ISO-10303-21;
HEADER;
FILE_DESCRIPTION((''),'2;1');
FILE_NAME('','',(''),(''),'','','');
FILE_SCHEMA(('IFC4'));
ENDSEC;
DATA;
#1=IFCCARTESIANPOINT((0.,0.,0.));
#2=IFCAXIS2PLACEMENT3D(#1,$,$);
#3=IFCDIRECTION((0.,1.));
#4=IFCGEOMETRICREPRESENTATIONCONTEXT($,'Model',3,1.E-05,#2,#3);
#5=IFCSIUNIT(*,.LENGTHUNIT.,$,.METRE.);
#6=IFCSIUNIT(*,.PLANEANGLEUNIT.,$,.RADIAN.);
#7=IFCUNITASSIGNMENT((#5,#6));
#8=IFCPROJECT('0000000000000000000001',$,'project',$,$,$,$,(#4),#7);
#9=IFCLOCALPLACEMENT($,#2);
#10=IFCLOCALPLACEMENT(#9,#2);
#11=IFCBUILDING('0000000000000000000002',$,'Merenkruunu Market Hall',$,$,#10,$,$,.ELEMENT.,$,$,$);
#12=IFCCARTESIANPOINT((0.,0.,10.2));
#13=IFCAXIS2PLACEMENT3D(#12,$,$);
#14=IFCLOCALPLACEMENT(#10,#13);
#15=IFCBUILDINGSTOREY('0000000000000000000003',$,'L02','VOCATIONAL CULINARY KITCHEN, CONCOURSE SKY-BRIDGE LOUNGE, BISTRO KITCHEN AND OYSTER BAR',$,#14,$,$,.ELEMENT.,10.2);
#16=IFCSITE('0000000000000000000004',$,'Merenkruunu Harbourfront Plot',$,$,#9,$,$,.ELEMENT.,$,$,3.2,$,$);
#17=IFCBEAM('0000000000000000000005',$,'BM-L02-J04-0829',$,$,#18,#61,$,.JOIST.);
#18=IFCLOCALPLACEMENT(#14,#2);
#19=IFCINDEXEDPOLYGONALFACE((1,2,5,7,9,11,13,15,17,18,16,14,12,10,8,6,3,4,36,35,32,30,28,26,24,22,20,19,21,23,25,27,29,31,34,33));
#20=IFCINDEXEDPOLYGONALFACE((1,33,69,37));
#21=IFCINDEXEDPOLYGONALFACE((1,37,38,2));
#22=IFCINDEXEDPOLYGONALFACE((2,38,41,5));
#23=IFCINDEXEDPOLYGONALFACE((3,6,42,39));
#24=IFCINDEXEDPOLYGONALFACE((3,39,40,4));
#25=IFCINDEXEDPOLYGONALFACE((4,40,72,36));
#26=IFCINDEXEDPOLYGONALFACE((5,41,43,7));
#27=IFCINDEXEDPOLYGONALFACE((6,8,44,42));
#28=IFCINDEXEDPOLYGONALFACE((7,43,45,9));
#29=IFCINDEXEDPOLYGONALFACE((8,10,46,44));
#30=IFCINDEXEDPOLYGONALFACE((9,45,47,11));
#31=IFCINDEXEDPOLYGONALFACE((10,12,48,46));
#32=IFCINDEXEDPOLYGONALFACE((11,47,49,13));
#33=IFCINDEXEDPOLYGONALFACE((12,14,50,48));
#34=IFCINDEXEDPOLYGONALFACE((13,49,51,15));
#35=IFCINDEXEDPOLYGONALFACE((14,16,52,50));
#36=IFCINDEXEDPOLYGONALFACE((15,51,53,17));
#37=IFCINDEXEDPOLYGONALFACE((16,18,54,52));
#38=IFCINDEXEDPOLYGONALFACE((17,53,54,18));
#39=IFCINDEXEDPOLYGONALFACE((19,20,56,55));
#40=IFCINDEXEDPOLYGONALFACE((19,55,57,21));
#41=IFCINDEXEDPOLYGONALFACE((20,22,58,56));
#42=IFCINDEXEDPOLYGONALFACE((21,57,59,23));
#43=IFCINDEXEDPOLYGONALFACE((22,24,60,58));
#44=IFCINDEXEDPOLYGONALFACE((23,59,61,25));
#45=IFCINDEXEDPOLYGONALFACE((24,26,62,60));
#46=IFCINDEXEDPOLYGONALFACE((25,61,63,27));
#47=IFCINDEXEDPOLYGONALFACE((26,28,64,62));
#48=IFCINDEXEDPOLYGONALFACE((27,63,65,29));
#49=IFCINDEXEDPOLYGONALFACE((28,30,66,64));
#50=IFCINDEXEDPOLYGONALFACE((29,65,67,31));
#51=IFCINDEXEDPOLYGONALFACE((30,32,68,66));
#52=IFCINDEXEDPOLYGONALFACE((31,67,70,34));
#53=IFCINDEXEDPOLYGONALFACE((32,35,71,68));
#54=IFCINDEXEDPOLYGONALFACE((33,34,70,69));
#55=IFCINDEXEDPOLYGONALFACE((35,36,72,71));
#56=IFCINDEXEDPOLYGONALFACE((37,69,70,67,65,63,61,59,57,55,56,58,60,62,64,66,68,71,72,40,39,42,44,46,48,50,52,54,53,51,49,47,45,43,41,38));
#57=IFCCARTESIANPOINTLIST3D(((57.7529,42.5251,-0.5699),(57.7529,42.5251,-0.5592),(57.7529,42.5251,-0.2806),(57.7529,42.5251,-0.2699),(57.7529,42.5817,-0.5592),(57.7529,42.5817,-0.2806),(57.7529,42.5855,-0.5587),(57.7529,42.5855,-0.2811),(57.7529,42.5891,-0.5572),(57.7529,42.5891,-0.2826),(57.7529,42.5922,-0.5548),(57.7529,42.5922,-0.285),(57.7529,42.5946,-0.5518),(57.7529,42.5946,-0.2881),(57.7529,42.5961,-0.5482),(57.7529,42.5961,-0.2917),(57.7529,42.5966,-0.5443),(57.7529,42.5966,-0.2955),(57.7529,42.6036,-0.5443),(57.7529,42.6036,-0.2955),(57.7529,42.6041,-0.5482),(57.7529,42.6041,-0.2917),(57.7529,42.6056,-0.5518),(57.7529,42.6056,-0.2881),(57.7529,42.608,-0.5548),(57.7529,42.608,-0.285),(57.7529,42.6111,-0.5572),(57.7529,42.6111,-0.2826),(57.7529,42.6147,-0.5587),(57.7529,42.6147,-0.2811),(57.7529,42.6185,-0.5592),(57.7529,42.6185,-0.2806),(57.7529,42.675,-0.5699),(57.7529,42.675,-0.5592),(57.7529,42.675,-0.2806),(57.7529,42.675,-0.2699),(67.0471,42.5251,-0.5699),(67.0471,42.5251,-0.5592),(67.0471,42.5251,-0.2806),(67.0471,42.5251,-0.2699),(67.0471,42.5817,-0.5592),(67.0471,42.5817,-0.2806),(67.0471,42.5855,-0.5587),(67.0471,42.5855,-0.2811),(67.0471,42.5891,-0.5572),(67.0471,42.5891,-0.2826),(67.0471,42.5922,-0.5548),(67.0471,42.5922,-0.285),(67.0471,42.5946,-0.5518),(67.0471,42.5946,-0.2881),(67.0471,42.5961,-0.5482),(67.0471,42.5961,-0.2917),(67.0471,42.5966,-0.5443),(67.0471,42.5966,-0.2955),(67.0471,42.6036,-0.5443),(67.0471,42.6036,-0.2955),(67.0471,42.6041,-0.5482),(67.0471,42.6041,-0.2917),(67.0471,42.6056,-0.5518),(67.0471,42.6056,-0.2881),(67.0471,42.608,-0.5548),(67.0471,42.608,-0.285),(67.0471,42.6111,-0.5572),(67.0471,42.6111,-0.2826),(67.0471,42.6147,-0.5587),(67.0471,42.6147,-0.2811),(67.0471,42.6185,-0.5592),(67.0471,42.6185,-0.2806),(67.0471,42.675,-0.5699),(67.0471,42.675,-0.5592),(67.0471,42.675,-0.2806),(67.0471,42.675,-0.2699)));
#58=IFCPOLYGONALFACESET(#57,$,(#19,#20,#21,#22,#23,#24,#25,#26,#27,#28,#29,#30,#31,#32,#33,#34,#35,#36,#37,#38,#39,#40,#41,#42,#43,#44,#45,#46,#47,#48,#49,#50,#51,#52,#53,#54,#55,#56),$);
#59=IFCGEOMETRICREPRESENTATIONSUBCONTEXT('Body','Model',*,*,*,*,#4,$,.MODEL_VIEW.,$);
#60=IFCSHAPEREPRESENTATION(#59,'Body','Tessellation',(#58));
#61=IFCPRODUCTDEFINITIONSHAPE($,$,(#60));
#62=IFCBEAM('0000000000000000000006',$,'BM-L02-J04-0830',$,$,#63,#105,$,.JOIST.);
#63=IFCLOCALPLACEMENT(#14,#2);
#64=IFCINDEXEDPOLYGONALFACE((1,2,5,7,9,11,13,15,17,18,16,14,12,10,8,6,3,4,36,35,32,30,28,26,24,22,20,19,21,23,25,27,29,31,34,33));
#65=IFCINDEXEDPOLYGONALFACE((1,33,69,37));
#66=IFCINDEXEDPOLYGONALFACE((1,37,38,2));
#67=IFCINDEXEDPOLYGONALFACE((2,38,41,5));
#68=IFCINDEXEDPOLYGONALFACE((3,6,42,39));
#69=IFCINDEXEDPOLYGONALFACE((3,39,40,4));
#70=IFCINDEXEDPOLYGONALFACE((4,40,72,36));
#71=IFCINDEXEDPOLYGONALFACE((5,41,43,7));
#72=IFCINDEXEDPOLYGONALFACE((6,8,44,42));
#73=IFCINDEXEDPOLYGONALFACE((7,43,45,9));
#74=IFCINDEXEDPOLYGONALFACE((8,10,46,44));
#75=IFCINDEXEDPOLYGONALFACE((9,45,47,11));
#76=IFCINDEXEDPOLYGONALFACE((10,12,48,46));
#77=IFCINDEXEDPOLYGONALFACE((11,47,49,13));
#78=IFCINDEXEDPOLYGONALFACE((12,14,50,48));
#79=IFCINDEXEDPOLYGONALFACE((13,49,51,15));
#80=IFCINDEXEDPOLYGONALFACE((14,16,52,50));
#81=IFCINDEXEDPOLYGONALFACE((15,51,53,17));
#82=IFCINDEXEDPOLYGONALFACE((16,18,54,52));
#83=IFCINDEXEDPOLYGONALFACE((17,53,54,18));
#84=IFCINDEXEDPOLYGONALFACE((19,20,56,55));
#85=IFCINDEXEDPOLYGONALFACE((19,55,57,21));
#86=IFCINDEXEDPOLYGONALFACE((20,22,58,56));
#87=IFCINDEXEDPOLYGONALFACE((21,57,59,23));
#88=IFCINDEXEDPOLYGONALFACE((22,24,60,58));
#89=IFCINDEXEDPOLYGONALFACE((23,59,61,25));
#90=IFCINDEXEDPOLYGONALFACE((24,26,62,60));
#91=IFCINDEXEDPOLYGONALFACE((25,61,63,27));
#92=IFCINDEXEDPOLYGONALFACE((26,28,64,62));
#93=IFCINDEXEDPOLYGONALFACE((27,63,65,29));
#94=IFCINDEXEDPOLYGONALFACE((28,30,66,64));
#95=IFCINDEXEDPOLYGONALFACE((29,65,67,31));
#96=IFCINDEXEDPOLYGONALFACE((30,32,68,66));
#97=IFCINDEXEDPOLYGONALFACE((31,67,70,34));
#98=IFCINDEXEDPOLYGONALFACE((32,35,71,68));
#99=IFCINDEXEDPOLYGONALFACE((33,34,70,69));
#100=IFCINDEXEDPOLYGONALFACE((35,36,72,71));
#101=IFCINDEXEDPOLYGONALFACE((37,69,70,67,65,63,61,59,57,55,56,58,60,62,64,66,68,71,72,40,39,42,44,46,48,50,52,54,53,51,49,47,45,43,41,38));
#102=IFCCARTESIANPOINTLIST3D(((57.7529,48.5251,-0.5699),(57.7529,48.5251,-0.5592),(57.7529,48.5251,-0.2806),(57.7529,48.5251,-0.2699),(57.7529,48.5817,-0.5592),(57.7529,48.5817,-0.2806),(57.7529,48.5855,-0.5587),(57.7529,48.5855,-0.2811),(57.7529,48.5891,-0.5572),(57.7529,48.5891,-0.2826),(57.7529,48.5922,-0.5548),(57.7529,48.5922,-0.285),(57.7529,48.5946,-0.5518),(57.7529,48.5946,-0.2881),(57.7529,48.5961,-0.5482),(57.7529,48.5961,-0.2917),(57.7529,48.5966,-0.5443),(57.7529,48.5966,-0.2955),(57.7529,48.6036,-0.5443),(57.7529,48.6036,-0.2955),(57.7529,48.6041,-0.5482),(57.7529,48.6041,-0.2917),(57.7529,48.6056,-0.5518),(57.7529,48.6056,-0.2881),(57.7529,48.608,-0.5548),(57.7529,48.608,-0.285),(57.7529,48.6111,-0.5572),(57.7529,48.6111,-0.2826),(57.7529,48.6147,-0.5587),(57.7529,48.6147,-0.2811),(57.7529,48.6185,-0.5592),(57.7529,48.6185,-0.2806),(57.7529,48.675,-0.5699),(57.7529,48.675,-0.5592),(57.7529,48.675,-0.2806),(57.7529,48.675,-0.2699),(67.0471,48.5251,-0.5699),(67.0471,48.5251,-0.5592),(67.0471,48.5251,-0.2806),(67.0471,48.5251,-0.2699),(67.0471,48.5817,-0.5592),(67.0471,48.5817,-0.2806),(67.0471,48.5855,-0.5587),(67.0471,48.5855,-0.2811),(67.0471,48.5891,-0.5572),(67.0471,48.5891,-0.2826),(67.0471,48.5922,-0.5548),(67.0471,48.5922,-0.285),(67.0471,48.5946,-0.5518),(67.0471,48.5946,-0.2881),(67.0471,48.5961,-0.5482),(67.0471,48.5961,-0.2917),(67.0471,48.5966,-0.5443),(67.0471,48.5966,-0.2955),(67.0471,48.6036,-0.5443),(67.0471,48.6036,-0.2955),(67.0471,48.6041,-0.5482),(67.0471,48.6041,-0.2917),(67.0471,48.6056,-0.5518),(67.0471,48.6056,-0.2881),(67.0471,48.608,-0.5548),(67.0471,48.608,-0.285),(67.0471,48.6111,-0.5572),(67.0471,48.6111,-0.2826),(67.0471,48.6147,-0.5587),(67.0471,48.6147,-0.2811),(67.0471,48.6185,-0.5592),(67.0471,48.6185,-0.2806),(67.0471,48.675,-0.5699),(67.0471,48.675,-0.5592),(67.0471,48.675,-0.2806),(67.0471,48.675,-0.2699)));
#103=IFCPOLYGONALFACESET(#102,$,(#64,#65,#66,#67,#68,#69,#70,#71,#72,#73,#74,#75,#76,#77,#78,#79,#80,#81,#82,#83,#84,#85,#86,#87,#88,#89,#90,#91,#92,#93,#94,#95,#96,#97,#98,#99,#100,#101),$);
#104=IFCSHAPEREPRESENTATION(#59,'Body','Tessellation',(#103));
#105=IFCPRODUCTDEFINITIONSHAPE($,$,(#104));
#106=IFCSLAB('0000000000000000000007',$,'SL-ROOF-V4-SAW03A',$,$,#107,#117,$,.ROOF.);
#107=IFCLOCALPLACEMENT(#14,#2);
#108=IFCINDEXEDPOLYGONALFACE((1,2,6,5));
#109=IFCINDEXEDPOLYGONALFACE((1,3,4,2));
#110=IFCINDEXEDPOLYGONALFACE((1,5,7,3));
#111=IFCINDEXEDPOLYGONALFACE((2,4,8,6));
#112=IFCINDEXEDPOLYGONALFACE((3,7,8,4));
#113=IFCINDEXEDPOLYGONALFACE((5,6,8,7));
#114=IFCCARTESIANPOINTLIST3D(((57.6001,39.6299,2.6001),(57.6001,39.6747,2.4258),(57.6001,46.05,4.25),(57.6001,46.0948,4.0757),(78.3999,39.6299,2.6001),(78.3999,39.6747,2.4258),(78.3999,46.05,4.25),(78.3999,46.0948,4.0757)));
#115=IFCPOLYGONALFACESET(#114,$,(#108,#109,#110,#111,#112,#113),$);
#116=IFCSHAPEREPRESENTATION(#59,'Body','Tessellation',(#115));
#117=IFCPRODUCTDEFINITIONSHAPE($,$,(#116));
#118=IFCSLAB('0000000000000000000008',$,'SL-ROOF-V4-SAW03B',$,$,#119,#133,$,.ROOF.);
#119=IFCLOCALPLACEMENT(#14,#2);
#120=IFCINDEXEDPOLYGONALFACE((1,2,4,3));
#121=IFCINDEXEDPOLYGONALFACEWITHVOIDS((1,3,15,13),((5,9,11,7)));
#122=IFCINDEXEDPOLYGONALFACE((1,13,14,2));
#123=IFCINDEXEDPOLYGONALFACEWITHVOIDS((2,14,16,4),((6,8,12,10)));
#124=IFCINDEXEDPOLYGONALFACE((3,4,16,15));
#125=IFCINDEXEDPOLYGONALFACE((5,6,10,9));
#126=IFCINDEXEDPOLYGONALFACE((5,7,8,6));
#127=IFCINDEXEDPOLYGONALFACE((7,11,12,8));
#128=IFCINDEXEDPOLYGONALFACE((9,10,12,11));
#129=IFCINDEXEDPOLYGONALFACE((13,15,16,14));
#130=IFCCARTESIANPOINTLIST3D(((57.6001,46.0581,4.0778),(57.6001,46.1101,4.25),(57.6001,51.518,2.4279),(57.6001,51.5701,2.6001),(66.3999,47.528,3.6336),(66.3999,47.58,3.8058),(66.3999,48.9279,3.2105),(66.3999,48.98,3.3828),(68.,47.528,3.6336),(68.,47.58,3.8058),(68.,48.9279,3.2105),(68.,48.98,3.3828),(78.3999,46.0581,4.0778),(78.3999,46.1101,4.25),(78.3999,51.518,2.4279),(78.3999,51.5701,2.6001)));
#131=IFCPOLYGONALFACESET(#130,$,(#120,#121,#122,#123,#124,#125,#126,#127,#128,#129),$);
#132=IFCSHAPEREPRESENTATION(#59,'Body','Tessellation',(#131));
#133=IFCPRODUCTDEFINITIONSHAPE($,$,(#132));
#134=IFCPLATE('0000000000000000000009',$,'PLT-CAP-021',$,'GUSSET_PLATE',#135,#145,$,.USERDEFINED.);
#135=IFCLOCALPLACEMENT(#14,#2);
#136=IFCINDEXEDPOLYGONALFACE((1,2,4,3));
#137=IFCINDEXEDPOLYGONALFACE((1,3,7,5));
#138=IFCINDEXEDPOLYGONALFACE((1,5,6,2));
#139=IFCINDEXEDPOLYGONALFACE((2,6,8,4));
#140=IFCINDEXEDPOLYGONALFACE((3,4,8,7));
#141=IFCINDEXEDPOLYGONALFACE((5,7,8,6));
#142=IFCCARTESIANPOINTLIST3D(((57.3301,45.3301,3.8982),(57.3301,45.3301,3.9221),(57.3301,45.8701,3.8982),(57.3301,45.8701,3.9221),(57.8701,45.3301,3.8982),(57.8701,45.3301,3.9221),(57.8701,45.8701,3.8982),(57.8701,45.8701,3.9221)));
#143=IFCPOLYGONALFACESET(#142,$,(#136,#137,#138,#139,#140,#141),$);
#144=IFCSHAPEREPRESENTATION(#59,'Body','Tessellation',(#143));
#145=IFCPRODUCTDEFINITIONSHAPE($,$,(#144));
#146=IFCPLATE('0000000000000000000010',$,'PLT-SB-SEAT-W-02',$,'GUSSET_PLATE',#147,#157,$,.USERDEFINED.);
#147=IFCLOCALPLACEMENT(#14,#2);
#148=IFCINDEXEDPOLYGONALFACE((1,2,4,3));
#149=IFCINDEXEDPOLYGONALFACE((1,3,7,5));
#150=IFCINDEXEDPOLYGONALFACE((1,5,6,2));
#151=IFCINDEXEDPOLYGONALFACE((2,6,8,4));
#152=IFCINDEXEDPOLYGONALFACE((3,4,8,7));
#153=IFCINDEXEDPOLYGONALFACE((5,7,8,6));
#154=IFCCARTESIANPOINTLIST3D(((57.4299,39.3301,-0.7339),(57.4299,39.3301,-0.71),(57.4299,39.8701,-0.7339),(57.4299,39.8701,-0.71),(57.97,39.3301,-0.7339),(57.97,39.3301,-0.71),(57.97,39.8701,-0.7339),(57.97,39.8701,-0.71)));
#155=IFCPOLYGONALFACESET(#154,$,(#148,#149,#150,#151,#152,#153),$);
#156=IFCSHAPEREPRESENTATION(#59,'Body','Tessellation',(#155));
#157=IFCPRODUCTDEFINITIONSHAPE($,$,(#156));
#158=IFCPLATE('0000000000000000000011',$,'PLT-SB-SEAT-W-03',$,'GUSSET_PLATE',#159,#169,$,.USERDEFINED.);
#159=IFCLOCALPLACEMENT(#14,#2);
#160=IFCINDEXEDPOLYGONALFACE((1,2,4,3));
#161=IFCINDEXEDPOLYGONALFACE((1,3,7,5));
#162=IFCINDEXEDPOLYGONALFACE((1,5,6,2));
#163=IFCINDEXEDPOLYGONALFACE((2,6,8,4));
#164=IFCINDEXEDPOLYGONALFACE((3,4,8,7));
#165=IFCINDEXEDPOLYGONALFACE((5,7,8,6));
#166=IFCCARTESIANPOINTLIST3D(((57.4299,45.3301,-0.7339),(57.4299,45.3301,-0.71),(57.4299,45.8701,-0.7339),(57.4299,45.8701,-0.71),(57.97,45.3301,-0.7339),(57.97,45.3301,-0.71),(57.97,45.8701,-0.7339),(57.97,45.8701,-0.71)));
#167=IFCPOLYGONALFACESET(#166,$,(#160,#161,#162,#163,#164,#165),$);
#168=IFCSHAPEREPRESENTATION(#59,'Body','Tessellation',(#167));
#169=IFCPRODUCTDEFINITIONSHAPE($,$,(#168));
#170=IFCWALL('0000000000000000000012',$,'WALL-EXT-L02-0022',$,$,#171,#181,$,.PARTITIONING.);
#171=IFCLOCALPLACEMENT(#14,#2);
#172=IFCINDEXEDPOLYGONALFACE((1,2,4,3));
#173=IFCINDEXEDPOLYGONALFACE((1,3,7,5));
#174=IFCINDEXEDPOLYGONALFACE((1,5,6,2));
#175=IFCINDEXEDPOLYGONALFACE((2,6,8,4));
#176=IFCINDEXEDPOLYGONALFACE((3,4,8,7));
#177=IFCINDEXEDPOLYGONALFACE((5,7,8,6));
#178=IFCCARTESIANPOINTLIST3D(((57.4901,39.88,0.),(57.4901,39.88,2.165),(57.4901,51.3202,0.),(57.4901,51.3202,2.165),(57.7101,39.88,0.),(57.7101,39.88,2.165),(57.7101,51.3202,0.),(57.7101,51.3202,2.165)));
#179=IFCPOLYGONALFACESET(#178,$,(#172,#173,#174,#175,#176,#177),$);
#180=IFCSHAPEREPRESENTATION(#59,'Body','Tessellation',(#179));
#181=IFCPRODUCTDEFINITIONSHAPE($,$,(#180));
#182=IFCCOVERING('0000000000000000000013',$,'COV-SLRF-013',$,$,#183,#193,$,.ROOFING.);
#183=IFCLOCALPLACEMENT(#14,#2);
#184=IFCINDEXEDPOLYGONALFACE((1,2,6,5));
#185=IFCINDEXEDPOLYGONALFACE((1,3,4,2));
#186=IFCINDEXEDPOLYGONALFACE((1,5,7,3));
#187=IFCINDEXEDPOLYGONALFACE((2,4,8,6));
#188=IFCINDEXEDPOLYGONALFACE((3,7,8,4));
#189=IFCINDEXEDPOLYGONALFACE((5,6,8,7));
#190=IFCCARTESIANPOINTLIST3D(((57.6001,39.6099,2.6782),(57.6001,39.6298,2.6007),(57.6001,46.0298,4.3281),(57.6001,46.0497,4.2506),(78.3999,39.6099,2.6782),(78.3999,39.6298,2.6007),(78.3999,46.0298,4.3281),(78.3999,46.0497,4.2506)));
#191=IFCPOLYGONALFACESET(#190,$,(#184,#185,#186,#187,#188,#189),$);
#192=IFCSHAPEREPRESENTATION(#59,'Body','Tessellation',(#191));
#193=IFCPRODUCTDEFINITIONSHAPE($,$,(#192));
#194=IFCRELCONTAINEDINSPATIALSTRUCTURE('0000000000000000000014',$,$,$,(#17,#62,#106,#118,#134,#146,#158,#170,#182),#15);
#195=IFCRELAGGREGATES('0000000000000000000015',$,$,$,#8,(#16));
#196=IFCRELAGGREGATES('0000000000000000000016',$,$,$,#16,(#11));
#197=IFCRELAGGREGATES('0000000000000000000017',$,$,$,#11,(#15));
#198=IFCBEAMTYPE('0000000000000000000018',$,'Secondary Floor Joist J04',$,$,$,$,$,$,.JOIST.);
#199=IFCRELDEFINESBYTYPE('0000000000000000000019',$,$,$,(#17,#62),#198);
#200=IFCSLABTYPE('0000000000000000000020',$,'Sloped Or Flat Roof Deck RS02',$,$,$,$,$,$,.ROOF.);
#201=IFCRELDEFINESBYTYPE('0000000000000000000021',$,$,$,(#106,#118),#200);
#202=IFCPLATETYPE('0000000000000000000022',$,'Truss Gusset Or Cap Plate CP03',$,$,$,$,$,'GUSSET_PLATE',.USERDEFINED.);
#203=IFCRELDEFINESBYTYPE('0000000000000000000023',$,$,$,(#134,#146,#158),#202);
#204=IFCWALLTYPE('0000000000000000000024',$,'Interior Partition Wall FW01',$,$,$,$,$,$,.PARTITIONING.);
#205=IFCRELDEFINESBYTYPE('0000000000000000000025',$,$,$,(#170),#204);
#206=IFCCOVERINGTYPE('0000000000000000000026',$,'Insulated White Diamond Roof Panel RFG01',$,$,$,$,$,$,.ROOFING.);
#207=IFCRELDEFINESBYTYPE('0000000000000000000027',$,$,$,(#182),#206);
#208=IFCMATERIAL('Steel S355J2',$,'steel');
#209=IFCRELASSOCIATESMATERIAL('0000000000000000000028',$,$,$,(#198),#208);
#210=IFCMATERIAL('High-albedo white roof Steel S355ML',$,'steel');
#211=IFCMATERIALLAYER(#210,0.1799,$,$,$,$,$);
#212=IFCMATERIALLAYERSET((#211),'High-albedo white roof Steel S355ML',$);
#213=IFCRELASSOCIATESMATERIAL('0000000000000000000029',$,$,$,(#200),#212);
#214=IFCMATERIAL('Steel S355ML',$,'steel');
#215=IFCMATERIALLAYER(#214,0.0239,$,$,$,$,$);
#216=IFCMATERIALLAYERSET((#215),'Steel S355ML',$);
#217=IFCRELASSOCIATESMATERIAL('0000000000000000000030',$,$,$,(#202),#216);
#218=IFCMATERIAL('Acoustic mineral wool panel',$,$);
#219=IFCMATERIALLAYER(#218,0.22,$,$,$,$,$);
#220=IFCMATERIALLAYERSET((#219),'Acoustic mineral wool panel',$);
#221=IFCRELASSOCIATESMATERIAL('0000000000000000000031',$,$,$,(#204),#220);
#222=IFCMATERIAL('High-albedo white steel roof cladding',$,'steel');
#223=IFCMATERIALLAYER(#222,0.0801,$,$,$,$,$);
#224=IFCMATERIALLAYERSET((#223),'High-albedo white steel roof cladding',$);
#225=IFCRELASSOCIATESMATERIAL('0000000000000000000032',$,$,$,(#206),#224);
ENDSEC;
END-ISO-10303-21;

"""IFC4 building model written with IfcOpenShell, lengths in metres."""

from ifc_helpers import new_model, si_unit, direction, frame, frame_2d, origin, origin_2d, place, context, subcontext, project, spatial, polyline, rectangle, i_section, outline, extrude, material, layer, layer_set, material_profile, profile_set, type_object, element, save


model = new_model("IFC4")

# Units and contexts
model_context = context("Model", 3, precision=1e-05, world=origin(), true_north=direction((0.0, 1.0)))
body_context = subcontext(model_context, "Body", "Model", "MODEL_VIEW")
ifc_project = project(units=[si_unit("LENGTHUNIT", "METRE"), si_unit("PLANEANGLEUNIT", "RADIAN")], contexts=[model_context])

# Site, building, storey
site_placement = place(None, origin())
site = spatial("IfcSite", under=ifc_project, at=site_placement, Name="Merenkruunu Harbourfront Plot", CompositionType="ELEMENT", RefElevation=3.2)
building_placement = place(site_placement, origin())
building = spatial("IfcBuilding", under=site, at=building_placement, Name="Merenkruunu Market Hall", CompositionType="ELEMENT")
storey_placement = place(building_placement, frame((0.0, 0.0, 10.2)))
storey = spatial("IfcBuildingStorey", under=building, at=storey_placement, Name="L02", Description="VOCATIONAL CULINARY KITCHEN, CONCOURSE SKY-BRIDGE LOUNGE, BISTRO KITCHEN AND OYSTER BAR", CompositionType="ELEMENT", Elevation=10.2)

# Shared definitions
ifc_material_1 = material(Name="Steel S355J2", Category="steel")
ifc_material_2 = material(Name="Steel S355ML", Category="steel")

# Beams
ifc_material_profile_1 = material_profile(ifc_material_1, i_section(OverallWidth=0.1499, OverallDepth=0.3, WebThickness=0.0071, FlangeThickness=0.0107, FilletRadius=0.0149, at=origin_2d()), Name="IPE 300")
ifc_profile_set_1 = profile_set([ifc_material_profile_1], Name="Steel S355J2")
beam_type_1 = type_object("IfcBeamType", Name="Secondary Floor Joist J04", PredefinedType="JOIST", material=ifc_profile_set_1)
for number, where, z_axis, x_axis, name in (
    (1, (57.7529, 42.6001, -0.4199), (1.0, 0.0, 0.0), (0.0, 1.0, 0.0), "BM-L02-J04-0829"),
    (2, (57.7529, 48.6001, -0.4199), (1.0, 0.0, 0.0), (0.0, 1.0, 0.0), "BM-L02-J04-0830"),
):
    element("IfcBeam", number, at=place(storey_placement, frame(where, z_axis=z_axis, x_axis=x_axis)), inside=storey, type_object=beam_type_1, Name=name, PredefinedType="JOIST", context=body_context, shape_type="SweptSolid", body=[
        extrude(i_section(OverallWidth=0.1499, OverallDepth=0.3, WebThickness=0.0071, FlangeThickness=0.0107, FilletRadius=0.0149, at=origin_2d()), origin(), (0.0, 0.0, 1.0), 9.2942),
    ])

# Slabs
ifc_material_3 = material(Name="High-albedo white roof Steel S355ML", Category="steel")
ifc_layer_1 = layer(ifc_material_3, 0.1799)
ifc_layer_set_1 = layer_set([ifc_layer_1], Name="High-albedo white roof Steel S355ML")
slab_type = type_object("IfcSlabType", Name="Sloped Or Flat Roof Deck RS02", PredefinedType="ROOF", material=ifc_layer_set_1)
slab_1_placement = place(storey_placement, frame((57.6001, 39.6299, 2.6001), z_axis=(0.0, -0.2489, 0.968529), x_axis=(1.0, 0.0, 0.0)))
element("IfcSlab", 3, at=slab_1_placement, inside=storey, type_object=slab_type, Name="SL-ROOF-V4-SAW03A", PredefinedType="ROOF", context=body_context, shape_type="SweptSolid", body=[
    extrude(outline(polyline([(0.0, 0.0), (20.7998, 0.0), (20.7998, 6.6288), (0.0, 6.6288), (0.0, 0.0)])), origin(), (0.0, 0.0, -1.0), 0.1799),
])
slab_2_placement = place(storey_placement, frame((57.6001, 46.1101, 4.25), z_axis=(0.0, 0.289264, 0.957249), x_axis=(1.0, 0.0, 0.0)))
element("IfcSlab", 4, at=slab_2_placement, inside=storey, type_object=slab_type, Name="SL-ROOF-V4-SAW03B", PredefinedType="ROOF", context=body_context, shape_type="SweptSolid", body=[
    extrude(outline(polyline([(0.0, 0.0), (20.7998, 0.0), (20.7998, 5.7038), (0.0, 5.7038), (0.0, 0.0)]), holes=[polyline([(8.7998, 1.5356), (10.3999, 1.5356), (10.3999, 2.998), (8.7998, 2.998), (8.7998, 1.5356)])]), origin(), (0.0, 0.0, -1.0), 0.1799),
])

# Plates
ifc_layer_2 = layer(ifc_material_2, 0.0239)
ifc_layer_set_2 = layer_set([ifc_layer_2], Name="Steel S355ML")
plate_type = type_object("IfcPlateType", Name="Truss Gusset Or Cap Plate CP03", ElementType="GUSSET_PLATE", PredefinedType="USERDEFINED", material=ifc_layer_set_2)
for number, where, z_axis, x_axis, name in (
    (5, (57.6001, 45.6001, 3.8982), (0.0, 0.0, 1.0), (1.0, 0.0, 0.0), "PLT-CAP-021"),
    (6, (57.7, 39.6001, -0.7339), (0.0, 0.0, 1.0), (1.0, 0.0, 0.0), "PLT-SB-SEAT-W-02"),
    (7, (57.7, 45.6001, -0.7339), (0.0, 0.0, 1.0), (1.0, 0.0, 0.0), "PLT-SB-SEAT-W-03"),
):
    element("IfcPlate", number, at=place(storey_placement, frame(where, z_axis=z_axis, x_axis=x_axis)), inside=storey, type_object=plate_type, Name=name, ObjectType="GUSSET_PLATE", PredefinedType="USERDEFINED", context=body_context, shape_type="SweptSolid", body=[
        extrude(rectangle(XDim=0.54, YDim=0.54, at=origin_2d()), origin(), (0.0, 0.0, 1.0), 0.0239),
    ])

# Wall
ifc_material_4 = material(Name="Acoustic mineral wool panel")
ifc_layer_3 = layer(ifc_material_4, 0.22)
ifc_layer_set_3 = layer_set([ifc_layer_3], Name="Acoustic mineral wool panel")
wall_type = type_object("IfcWallType", Name="Interior Partition Wall FW01", PredefinedType="PARTITIONING", material=ifc_layer_set_3)
wall_placement = place(storey_placement, frame((57.6001, 39.8799, 0.0), z_axis=(0.0, 0.0, 1.0), x_axis=(0.0, 1.0, 0.0)))
element("IfcWall", 8, at=wall_placement, inside=storey, type_object=wall_type, Name="WALL-EXT-L02-0022", PredefinedType="PARTITIONING", context=body_context, shape_type="SweptSolid", body=[
    extrude(rectangle(XDim=11.4402, YDim=0.22, at=frame_2d((5.7202, 0.0))), origin(), (0.0, 0.0, 1.0), 2.165),
])

# Covering
ifc_material_5 = material(Name="High-albedo white steel roof cladding", Category="steel")
ifc_layer_4 = layer(ifc_material_5, 0.0801)
ifc_layer_set_4 = layer_set([ifc_layer_4], Name="High-albedo white steel roof cladding")
covering_type = type_object("IfcCoveringType", Name="Insulated White Diamond Roof Panel RFG01", PredefinedType="ROOFING", material=ifc_layer_set_4)
covering_1_placement = place(storey_placement, frame((57.6001, 39.6099, 2.6782), z_axis=(0.0, -0.248909, 0.968527), x_axis=(1.0, 0.0, 0.0)))
element("IfcCovering", 9, at=covering_1_placement, inside=storey, type_object=covering_type, Name="COV-SLRF-013", PredefinedType="ROOFING", context=body_context, shape_type="SweptSolid", body=[
    extrude(outline(polyline([(0.0, 0.0), (20.7998, 0.0), (20.7998, 6.6285), (0.0, 6.6285), (0.0, 0.0)])), origin(), (0.0, 0.0, -1.0), 0.0801),
])

save(model, "model.ifc")
